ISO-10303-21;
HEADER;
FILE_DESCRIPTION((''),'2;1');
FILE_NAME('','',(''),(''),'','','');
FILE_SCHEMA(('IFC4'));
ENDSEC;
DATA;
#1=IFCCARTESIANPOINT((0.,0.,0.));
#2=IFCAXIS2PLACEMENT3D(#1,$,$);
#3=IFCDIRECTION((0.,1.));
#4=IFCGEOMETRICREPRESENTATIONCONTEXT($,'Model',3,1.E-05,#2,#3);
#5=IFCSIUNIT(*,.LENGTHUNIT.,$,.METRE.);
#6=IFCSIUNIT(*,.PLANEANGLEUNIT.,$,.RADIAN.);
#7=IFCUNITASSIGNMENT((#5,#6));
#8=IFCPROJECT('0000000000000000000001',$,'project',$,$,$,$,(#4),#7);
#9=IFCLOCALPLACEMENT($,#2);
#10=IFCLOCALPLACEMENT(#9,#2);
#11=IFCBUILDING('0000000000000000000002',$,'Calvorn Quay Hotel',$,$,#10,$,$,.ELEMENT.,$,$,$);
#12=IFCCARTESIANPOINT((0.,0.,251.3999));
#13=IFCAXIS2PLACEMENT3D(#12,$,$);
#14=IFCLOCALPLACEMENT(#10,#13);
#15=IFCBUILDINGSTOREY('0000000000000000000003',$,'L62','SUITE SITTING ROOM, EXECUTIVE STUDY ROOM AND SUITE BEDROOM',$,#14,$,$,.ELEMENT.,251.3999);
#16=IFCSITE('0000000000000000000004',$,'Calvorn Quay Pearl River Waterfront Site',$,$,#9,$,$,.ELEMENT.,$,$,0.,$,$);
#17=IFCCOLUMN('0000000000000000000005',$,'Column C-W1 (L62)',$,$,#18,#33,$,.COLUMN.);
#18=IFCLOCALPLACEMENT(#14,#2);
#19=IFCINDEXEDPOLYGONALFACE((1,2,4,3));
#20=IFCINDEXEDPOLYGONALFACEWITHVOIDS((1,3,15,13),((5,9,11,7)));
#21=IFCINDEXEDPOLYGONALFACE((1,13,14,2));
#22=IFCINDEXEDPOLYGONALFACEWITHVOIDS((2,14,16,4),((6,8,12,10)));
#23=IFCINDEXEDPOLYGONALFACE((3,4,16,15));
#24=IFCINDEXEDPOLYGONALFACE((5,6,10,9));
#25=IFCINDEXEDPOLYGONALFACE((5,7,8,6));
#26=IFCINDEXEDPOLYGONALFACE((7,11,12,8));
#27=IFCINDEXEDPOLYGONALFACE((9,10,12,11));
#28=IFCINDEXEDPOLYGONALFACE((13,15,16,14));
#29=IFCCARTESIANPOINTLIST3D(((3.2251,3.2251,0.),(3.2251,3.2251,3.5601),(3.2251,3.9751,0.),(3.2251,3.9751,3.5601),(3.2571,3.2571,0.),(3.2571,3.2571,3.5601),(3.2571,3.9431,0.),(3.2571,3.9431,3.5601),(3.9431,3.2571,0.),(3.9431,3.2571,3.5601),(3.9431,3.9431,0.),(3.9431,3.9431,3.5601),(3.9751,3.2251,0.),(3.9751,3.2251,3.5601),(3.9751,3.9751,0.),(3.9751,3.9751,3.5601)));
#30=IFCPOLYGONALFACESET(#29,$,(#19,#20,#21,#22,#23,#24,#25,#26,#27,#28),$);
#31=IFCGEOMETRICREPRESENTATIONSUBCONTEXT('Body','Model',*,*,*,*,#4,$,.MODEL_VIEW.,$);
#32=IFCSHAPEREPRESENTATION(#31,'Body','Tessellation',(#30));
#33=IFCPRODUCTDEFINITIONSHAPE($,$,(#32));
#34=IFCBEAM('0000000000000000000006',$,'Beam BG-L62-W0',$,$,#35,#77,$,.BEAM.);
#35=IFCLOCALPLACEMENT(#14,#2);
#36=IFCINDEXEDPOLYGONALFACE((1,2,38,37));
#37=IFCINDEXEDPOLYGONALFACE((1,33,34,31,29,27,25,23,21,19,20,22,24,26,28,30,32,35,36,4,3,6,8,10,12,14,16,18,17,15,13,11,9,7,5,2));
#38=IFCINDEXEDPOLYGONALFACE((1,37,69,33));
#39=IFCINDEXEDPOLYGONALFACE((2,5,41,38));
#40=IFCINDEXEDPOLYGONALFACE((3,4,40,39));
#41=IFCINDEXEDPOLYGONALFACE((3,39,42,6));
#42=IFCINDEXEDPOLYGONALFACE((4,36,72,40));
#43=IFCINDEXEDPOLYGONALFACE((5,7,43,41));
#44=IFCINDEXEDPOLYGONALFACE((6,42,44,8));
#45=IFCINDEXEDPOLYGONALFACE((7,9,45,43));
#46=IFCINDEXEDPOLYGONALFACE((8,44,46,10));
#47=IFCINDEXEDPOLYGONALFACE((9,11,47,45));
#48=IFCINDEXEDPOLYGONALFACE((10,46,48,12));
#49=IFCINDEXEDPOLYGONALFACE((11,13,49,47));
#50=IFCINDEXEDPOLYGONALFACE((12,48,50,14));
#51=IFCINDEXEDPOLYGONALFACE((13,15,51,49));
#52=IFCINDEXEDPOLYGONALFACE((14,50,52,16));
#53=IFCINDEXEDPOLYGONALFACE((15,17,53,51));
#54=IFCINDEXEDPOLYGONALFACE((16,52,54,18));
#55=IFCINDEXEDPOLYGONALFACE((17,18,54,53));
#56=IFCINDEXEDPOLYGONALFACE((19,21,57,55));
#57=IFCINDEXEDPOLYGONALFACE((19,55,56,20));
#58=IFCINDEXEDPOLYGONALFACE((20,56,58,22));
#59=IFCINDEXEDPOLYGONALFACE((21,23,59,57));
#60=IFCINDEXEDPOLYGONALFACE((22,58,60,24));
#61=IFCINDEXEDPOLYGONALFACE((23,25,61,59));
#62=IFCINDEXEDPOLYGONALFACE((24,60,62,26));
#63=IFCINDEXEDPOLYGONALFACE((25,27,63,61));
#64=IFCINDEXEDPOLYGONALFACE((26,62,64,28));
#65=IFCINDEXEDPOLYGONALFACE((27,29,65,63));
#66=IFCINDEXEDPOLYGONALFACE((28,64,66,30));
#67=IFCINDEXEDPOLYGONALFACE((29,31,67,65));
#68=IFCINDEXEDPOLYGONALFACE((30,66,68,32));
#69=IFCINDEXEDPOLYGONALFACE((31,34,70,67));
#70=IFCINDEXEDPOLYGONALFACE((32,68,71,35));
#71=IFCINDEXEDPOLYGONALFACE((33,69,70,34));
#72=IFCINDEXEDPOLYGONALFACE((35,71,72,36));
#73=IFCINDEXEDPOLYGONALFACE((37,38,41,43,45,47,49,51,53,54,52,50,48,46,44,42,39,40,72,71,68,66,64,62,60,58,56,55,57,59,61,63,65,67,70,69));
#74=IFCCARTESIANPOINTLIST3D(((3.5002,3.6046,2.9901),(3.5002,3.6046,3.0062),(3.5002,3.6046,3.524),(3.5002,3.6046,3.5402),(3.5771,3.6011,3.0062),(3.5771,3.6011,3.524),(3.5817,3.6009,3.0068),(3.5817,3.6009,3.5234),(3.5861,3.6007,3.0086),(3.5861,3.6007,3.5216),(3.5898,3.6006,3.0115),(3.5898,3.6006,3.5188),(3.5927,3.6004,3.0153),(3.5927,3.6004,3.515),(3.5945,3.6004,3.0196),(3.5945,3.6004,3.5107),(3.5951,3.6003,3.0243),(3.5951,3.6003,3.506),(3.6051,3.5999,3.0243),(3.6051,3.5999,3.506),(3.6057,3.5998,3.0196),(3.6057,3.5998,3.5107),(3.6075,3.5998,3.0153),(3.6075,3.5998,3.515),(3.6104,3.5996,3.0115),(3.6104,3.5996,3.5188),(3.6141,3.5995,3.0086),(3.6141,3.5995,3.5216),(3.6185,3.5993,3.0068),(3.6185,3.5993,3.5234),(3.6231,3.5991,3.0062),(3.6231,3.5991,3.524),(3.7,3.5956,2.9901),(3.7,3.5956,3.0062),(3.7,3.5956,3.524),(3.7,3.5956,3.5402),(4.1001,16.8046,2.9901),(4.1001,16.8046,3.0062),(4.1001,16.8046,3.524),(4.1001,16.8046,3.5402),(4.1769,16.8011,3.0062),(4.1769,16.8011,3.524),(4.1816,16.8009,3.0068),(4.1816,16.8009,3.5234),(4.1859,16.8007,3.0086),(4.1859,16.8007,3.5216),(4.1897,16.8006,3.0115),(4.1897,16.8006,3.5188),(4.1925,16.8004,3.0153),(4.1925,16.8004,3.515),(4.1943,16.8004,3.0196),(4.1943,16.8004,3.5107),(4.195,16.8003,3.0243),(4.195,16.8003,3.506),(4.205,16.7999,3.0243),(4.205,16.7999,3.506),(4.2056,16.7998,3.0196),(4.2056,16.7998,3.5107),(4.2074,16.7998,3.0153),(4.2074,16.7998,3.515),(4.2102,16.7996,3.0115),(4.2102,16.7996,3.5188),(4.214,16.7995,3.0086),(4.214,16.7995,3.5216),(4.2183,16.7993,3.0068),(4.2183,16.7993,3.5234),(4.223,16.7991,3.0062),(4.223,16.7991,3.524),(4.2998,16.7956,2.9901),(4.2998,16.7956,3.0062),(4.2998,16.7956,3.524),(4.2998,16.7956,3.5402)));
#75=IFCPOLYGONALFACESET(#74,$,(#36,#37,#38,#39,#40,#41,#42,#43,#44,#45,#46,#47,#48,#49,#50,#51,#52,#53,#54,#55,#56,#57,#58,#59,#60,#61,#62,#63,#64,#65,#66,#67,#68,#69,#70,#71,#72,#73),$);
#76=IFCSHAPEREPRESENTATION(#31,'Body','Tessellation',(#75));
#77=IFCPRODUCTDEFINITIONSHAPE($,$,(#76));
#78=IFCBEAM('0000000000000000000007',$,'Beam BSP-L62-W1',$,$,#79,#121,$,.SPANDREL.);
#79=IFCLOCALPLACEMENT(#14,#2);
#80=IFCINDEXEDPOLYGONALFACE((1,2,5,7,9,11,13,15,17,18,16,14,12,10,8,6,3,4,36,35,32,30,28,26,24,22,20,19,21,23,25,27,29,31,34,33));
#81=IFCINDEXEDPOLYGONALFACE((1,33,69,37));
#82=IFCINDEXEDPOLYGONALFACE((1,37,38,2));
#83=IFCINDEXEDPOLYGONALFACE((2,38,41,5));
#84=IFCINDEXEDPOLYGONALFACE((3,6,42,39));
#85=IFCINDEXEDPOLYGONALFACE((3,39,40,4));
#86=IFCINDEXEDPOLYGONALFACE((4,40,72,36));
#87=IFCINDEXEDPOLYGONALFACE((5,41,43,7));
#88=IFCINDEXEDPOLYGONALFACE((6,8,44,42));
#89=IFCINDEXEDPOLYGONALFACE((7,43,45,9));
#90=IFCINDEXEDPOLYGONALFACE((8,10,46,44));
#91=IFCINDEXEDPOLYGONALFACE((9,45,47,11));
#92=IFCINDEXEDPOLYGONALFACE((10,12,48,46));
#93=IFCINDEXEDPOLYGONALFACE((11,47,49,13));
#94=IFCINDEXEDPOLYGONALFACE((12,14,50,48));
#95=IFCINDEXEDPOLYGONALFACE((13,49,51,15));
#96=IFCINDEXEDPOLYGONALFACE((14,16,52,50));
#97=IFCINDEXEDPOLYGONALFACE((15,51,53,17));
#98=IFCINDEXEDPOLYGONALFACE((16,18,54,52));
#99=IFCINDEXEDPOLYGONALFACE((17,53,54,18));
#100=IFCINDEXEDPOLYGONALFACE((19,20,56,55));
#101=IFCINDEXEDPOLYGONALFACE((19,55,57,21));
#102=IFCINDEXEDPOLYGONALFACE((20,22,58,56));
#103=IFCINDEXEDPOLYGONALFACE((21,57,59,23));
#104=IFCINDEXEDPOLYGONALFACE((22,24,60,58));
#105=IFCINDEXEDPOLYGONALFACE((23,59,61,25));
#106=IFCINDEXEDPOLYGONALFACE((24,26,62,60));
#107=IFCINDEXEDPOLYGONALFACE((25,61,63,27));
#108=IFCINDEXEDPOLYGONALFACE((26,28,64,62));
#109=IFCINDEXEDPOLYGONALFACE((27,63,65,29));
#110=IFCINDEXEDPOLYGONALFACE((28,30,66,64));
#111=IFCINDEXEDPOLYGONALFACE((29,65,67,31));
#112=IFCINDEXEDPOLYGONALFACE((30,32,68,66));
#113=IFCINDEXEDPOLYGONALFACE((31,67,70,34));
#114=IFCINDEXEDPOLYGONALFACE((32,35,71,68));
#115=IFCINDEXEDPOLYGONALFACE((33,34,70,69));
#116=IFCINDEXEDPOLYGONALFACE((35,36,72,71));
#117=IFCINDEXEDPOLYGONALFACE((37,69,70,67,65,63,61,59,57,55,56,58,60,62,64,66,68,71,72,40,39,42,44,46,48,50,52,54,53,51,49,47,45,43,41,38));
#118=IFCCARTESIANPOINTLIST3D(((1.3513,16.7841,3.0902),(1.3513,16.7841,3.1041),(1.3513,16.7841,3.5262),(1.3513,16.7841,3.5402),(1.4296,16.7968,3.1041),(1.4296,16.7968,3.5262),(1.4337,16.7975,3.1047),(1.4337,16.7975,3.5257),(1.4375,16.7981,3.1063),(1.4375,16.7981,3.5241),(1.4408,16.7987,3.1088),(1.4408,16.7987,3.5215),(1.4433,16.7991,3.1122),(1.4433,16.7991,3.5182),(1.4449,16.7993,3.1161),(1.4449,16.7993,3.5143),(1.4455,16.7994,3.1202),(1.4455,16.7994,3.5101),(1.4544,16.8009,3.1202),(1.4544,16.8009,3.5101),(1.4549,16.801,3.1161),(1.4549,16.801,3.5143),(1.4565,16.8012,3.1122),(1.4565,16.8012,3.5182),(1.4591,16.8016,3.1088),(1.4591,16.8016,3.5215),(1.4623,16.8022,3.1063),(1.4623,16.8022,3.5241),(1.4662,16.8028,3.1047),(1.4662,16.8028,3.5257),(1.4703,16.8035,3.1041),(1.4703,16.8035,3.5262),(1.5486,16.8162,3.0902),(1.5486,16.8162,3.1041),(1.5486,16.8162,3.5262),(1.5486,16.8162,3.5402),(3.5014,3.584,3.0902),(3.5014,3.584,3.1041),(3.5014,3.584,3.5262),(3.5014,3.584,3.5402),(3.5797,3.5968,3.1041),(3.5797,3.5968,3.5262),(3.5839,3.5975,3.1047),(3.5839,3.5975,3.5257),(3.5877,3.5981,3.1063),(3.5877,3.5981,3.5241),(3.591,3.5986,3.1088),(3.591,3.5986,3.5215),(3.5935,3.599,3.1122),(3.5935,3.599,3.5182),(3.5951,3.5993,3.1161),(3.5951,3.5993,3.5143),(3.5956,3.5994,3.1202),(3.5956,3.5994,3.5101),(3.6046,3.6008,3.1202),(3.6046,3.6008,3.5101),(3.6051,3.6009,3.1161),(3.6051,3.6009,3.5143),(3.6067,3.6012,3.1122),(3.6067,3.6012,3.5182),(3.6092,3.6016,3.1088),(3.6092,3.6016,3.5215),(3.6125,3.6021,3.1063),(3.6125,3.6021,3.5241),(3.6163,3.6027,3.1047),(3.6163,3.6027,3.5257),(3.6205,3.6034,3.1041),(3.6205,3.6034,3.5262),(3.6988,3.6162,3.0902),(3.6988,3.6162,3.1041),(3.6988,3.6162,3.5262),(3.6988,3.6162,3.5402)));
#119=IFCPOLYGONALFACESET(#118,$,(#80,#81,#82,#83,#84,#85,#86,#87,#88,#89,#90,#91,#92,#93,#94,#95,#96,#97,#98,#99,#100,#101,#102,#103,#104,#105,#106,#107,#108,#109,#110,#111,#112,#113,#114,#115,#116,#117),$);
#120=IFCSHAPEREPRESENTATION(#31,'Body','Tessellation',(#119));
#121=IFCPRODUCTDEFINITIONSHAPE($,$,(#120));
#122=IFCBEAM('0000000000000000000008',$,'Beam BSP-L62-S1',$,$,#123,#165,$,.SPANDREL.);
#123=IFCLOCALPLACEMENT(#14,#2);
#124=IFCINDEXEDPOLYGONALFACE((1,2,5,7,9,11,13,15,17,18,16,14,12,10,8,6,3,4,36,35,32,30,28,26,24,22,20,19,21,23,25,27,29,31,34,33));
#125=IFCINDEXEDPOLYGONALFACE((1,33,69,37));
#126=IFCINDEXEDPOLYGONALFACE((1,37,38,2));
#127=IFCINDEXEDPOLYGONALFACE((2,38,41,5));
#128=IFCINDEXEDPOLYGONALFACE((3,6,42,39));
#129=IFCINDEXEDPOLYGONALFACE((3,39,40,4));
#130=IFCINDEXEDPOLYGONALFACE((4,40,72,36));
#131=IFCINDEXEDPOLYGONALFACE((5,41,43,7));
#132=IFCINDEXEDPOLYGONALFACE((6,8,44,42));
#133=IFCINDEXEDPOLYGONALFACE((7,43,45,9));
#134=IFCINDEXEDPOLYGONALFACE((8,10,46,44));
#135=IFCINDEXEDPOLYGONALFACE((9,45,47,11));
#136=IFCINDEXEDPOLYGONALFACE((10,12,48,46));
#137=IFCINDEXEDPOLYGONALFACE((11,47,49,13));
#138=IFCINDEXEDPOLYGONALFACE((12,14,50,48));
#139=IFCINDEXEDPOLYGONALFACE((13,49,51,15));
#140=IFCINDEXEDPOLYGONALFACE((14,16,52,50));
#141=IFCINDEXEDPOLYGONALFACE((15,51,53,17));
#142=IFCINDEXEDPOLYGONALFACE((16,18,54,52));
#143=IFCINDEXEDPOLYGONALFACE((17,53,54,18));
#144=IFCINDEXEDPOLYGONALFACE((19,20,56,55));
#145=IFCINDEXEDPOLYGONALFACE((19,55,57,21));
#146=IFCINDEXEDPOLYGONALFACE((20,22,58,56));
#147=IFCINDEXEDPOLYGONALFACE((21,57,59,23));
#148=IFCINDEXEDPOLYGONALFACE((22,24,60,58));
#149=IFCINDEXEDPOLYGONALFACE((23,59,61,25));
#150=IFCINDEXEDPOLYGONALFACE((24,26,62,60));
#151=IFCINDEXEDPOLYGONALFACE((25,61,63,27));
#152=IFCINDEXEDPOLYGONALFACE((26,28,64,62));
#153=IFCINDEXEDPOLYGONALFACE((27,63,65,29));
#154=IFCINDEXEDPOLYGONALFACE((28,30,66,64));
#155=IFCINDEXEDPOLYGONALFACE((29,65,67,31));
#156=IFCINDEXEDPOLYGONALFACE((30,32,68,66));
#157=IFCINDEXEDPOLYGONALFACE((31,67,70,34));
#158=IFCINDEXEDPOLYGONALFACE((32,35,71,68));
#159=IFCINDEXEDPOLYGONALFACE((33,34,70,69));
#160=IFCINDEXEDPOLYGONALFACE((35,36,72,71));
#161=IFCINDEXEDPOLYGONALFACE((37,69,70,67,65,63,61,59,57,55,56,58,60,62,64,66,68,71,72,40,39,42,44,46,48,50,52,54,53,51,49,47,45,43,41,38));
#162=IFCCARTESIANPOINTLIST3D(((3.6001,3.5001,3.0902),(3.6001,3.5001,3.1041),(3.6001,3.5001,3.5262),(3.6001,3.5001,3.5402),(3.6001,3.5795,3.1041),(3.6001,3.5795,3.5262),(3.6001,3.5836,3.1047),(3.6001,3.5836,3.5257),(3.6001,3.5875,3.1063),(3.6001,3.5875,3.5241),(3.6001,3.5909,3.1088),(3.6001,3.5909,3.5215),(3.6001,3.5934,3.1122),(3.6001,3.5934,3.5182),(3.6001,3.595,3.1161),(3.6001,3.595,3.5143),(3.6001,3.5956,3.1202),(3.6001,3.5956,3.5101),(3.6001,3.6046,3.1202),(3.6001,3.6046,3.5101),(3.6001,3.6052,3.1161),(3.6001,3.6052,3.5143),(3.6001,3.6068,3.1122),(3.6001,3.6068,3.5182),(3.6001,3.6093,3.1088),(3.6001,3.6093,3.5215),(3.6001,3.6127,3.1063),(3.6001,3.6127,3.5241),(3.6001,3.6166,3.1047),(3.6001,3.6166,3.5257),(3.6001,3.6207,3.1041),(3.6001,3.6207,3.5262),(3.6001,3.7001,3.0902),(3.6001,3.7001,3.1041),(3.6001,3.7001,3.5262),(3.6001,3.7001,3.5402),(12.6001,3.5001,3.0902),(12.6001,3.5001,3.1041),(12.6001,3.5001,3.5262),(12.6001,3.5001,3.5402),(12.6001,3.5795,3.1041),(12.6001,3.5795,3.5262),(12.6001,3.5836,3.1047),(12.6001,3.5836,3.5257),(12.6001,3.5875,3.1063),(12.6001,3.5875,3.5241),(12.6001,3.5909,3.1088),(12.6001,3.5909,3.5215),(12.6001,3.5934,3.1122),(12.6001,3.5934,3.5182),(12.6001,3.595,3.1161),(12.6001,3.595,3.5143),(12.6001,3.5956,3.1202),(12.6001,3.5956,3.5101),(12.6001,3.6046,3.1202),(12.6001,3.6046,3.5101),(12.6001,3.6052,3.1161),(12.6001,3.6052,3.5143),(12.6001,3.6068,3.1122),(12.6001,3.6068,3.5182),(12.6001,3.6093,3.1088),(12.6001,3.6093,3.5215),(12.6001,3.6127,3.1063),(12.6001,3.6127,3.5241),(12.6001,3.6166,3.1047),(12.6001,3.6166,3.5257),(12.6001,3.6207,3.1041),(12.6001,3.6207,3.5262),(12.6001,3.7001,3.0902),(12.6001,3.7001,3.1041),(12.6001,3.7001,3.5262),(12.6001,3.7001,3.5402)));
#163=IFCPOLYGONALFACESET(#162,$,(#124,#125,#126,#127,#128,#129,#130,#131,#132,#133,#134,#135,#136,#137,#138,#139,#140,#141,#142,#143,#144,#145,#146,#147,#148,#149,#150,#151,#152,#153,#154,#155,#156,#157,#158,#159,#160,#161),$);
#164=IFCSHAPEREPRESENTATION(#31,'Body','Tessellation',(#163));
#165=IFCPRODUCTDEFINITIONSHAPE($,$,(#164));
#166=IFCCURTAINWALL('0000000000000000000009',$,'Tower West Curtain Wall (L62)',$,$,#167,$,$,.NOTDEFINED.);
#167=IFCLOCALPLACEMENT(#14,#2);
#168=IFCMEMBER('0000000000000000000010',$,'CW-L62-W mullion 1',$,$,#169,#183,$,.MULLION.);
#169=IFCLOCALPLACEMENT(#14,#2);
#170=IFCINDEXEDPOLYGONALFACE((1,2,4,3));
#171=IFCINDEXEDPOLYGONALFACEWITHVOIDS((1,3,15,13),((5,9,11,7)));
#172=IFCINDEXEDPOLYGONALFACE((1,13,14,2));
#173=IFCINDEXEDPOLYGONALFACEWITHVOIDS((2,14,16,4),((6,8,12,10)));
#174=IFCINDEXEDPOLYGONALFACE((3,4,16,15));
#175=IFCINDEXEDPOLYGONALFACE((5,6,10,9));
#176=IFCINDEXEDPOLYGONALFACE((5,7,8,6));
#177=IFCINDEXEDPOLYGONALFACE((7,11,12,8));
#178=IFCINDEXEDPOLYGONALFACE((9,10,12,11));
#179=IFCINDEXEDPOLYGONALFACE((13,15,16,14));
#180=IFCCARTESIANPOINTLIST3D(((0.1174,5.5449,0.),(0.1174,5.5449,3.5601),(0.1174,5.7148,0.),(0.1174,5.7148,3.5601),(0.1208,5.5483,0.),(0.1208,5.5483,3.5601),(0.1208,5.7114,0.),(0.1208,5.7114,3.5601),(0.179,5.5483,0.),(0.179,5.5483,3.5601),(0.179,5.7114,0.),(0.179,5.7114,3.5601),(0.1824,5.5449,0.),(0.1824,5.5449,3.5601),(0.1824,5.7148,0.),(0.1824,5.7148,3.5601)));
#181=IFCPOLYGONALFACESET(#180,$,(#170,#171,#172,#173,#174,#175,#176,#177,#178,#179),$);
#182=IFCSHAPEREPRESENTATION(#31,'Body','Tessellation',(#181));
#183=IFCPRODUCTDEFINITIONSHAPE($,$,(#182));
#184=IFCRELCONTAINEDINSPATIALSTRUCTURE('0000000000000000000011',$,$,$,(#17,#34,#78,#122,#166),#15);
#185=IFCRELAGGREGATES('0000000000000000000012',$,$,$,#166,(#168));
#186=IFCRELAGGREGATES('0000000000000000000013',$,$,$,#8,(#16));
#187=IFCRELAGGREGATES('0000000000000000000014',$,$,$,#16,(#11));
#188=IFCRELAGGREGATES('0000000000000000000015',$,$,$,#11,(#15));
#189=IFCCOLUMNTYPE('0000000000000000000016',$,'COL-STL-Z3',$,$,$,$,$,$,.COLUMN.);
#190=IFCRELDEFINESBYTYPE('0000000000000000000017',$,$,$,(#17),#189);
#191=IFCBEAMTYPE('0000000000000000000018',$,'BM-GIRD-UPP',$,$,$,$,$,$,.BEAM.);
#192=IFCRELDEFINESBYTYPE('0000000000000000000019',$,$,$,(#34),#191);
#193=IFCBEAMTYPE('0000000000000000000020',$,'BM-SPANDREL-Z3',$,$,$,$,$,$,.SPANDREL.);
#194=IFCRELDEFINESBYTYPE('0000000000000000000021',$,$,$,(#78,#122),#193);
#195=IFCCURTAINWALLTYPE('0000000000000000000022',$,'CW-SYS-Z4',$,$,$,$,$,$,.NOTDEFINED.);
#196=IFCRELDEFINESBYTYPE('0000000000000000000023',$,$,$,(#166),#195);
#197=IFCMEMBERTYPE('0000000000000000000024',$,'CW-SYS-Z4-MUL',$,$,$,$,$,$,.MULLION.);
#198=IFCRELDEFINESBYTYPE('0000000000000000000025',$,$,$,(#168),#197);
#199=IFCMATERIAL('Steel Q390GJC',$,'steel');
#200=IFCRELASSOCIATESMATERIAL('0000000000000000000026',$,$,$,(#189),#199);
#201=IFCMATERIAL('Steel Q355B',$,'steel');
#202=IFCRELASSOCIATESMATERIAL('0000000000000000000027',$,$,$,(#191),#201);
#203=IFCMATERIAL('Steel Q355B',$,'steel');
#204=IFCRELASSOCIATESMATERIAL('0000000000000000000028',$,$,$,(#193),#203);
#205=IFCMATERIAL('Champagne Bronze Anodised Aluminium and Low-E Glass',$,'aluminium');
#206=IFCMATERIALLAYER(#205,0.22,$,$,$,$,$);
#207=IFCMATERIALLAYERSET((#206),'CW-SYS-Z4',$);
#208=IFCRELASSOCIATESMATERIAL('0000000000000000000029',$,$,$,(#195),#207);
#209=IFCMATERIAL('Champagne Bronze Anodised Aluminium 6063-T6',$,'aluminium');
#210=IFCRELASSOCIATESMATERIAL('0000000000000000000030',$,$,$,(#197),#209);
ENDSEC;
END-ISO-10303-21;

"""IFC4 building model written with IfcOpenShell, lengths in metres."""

from ifc_helpers import new_model, si_unit, direction, frame, origin, origin_2d, place, context, subcontext, project, spatial, hollow_rectangle, i_section, extrude, material, layer, layer_set, material_profile, profile_set, type_object, element, aggregate, save


model = new_model("IFC4")

# Units and contexts
model_context = context("Model", 3, precision=1e-05, world=origin(), true_north=direction((0.0, 1.0)))
body_context = subcontext(model_context, "Body", "Model", "MODEL_VIEW")
ifc_project = project(units=[si_unit("LENGTHUNIT", "METRE"), si_unit("PLANEANGLEUNIT", "RADIAN")], contexts=[model_context])

# Site, building, storey
site_placement = place(None, origin())
site = spatial("IfcSite", under=ifc_project, at=site_placement, Name="Calvorn Quay Pearl River Waterfront Site", CompositionType="ELEMENT", RefElevation=0.0)
building_placement = place(site_placement, origin())
building = spatial("IfcBuilding", under=site, at=building_placement, Name="Calvorn Quay Hotel", CompositionType="ELEMENT")
storey_placement = place(building_placement, frame((0.0, 0.0, 251.3999)))
storey = spatial("IfcBuildingStorey", under=building, at=storey_placement, Name="L62", Description="SUITE SITTING ROOM, EXECUTIVE STUDY ROOM AND SUITE BEDROOM", CompositionType="ELEMENT", Elevation=251.3999)

# Column
ifc_material_1 = material(Name="Steel Q390GJC", Category="steel")
ifc_material_profile_1 = material_profile(ifc_material_1, hollow_rectangle(XDim=0.75, YDim=0.75, WallThickness=0.032, at=origin_2d()), Name="BOX750x750x32")
ifc_profile_set_1 = profile_set([ifc_material_profile_1], Name="Steel Q390GJC")
column_type = type_object("IfcColumnType", Name="COL-STL-Z3", PredefinedType="COLUMN", material=ifc_profile_set_1)
column_placement = place(storey_placement, frame((3.6001, 3.6001, 0.0), z_axis=(0.0, 0.0, 1.0), x_axis=(1.0, 0.0, 0.0)))
element("IfcColumn", 1, at=column_placement, inside=storey, type_object=column_type, Name="Column C-W1 (L62)", PredefinedType="COLUMN", context=body_context, shape_type="SweptSolid", body=[
    extrude(hollow_rectangle(XDim=0.75, YDim=0.75, WallThickness=0.032, at=origin_2d()), origin(), (0.0, 0.0, 1.0), 3.5601),
])

# Beams
ifc_material_2 = material(Name="Steel Q355B", Category="steel")
ifc_material_profile_2 = material_profile(ifc_material_2, i_section(OverallWidth=0.2, OverallDepth=0.55, WebThickness=0.01, FlangeThickness=0.0161, FilletRadius=0.0181, at=origin_2d()), Name="HN550x200x10x16")
ifc_profile_set_2 = profile_set([ifc_material_profile_2], Name="Steel Q355B")
beam_type_1 = type_object("IfcBeamType", Name="BM-GIRD-UPP", PredefinedType="BEAM", material=ifc_profile_set_2)
beam_1_placement = place(storey_placement, frame((3.6001, 3.6001, 3.2651), z_axis=(0.045397, 0.998969, 0.0), x_axis=(-0.998969, 0.045397, 0.0)))
element("IfcBeam", 2, at=beam_1_placement, inside=storey, type_object=beam_type_1, Name="Beam BG-L62-W0", PredefinedType="BEAM", context=body_context, shape_type="SweptSolid", body=[
    extrude(i_section(OverallWidth=0.2, OverallDepth=0.55, WebThickness=0.01, FlangeThickness=0.0161, FilletRadius=0.0181, at=origin_2d()), origin(), (0.0, 0.0, 1.0), 13.2136),
])
ifc_material_3 = material(Name="Steel Q355B", Category="steel")
ifc_material_profile_3 = material_profile(ifc_material_3, i_section(OverallWidth=0.2, OverallDepth=0.45, WebThickness=0.009, FlangeThickness=0.0139, FilletRadius=0.0161, at=origin_2d()), Name="HN450x200x9x14")
ifc_profile_set_3 = profile_set([ifc_material_profile_3], Name="Steel Q355B")
beam_type_2 = type_object("IfcBeamType", Name="BM-SPANDREL-Z3", PredefinedType="SPANDREL", material=ifc_profile_set_3)
beam_2_placement = place(storey_placement, frame((3.6001, 3.6001, 3.3152), z_axis=(-0.160772, 0.986992, 0.0), x_axis=(-0.986992, -0.160772, 0.0)))
element("IfcBeam", 3, at=beam_2_placement, inside=storey, type_object=beam_type_2, Name="Beam BSP-L62-W1", PredefinedType="SPANDREL", context=body_context, shape_type="SweptSolid", body=[
    extrude(i_section(OverallWidth=0.2, OverallDepth=0.45, WebThickness=0.009, FlangeThickness=0.0139, FilletRadius=0.0161, at=origin_2d()), origin(), (0.0, 0.0, 1.0), 13.374),
])
beam_3_placement = place(storey_placement, frame((3.6001, 3.6001, 3.3152), z_axis=(1.0, 0.0, 0.0), x_axis=(0.0, 1.0, 0.0)))
element("IfcBeam", 4, at=beam_3_placement, inside=storey, type_object=beam_type_2, Name="Beam BSP-L62-S1", PredefinedType="SPANDREL", context=body_context, shape_type="SweptSolid", body=[
    extrude(i_section(OverallWidth=0.2, OverallDepth=0.45, WebThickness=0.009, FlangeThickness=0.0139, FilletRadius=0.0161, at=origin_2d()), origin(), (0.0, 0.0, 1.0), 9.0),
])

# Curtain wall, member
ifc_material_4 = material(Name="Champagne Bronze Anodised Aluminium and Low-E Glass", Category="aluminium")
ifc_layer_1 = layer(ifc_material_4, 0.22)
ifc_layer_set_1 = layer_set([ifc_layer_1], Name="CW-SYS-Z4")
curtain_wall_type = type_object("IfcCurtainWallType", Name="CW-SYS-Z4", PredefinedType="NOTDEFINED", material=ifc_layer_set_1)
curtain_wall_placement = place(storey_placement, origin())
curtain_wall = element("IfcCurtainWall", 5, at=curtain_wall_placement, inside=storey, type_object=curtain_wall_type, Name="Tower West Curtain Wall (L62)", PredefinedType="NOTDEFINED")
ifc_material_5 = material(Name="Champagne Bronze Anodised Aluminium 6063-T6", Category="aluminium")
ifc_material_profile_4 = material_profile(ifc_material_5, hollow_rectangle(XDim=0.0649, YDim=0.1699, WallThickness=0.0034, at=origin_2d()), Name="ALU-M170x65x3.5")
ifc_profile_set_4 = profile_set([ifc_material_profile_4], Name="Champagne Bronze Anodised Aluminium 6063-T6")
member_type_1 = type_object("IfcMemberType", Name="CW-SYS-Z4-MUL", PredefinedType="MULLION", material=ifc_profile_set_4)
member_1_placement = place(storey_placement, frame((0.1499, 5.6299, 0.0), z_axis=(0.0, 0.0, 1.0), x_axis=(-1.0, 0.0, 0.0)))
member_1 = element("IfcMember", 6, at=member_1_placement, type_object=member_type_1, Name="CW-L62-W mullion 1", PredefinedType="MULLION", context=body_context, shape_type="SweptSolid", body=[
    extrude(hollow_rectangle(XDim=0.0649, YDim=0.1699, WallThickness=0.0034, at=origin_2d()), origin(), (0.0, 0.0, 1.0), 3.5601),
])
aggregate(curtain_wall, [member_1])

save(model, "model.ifc")
